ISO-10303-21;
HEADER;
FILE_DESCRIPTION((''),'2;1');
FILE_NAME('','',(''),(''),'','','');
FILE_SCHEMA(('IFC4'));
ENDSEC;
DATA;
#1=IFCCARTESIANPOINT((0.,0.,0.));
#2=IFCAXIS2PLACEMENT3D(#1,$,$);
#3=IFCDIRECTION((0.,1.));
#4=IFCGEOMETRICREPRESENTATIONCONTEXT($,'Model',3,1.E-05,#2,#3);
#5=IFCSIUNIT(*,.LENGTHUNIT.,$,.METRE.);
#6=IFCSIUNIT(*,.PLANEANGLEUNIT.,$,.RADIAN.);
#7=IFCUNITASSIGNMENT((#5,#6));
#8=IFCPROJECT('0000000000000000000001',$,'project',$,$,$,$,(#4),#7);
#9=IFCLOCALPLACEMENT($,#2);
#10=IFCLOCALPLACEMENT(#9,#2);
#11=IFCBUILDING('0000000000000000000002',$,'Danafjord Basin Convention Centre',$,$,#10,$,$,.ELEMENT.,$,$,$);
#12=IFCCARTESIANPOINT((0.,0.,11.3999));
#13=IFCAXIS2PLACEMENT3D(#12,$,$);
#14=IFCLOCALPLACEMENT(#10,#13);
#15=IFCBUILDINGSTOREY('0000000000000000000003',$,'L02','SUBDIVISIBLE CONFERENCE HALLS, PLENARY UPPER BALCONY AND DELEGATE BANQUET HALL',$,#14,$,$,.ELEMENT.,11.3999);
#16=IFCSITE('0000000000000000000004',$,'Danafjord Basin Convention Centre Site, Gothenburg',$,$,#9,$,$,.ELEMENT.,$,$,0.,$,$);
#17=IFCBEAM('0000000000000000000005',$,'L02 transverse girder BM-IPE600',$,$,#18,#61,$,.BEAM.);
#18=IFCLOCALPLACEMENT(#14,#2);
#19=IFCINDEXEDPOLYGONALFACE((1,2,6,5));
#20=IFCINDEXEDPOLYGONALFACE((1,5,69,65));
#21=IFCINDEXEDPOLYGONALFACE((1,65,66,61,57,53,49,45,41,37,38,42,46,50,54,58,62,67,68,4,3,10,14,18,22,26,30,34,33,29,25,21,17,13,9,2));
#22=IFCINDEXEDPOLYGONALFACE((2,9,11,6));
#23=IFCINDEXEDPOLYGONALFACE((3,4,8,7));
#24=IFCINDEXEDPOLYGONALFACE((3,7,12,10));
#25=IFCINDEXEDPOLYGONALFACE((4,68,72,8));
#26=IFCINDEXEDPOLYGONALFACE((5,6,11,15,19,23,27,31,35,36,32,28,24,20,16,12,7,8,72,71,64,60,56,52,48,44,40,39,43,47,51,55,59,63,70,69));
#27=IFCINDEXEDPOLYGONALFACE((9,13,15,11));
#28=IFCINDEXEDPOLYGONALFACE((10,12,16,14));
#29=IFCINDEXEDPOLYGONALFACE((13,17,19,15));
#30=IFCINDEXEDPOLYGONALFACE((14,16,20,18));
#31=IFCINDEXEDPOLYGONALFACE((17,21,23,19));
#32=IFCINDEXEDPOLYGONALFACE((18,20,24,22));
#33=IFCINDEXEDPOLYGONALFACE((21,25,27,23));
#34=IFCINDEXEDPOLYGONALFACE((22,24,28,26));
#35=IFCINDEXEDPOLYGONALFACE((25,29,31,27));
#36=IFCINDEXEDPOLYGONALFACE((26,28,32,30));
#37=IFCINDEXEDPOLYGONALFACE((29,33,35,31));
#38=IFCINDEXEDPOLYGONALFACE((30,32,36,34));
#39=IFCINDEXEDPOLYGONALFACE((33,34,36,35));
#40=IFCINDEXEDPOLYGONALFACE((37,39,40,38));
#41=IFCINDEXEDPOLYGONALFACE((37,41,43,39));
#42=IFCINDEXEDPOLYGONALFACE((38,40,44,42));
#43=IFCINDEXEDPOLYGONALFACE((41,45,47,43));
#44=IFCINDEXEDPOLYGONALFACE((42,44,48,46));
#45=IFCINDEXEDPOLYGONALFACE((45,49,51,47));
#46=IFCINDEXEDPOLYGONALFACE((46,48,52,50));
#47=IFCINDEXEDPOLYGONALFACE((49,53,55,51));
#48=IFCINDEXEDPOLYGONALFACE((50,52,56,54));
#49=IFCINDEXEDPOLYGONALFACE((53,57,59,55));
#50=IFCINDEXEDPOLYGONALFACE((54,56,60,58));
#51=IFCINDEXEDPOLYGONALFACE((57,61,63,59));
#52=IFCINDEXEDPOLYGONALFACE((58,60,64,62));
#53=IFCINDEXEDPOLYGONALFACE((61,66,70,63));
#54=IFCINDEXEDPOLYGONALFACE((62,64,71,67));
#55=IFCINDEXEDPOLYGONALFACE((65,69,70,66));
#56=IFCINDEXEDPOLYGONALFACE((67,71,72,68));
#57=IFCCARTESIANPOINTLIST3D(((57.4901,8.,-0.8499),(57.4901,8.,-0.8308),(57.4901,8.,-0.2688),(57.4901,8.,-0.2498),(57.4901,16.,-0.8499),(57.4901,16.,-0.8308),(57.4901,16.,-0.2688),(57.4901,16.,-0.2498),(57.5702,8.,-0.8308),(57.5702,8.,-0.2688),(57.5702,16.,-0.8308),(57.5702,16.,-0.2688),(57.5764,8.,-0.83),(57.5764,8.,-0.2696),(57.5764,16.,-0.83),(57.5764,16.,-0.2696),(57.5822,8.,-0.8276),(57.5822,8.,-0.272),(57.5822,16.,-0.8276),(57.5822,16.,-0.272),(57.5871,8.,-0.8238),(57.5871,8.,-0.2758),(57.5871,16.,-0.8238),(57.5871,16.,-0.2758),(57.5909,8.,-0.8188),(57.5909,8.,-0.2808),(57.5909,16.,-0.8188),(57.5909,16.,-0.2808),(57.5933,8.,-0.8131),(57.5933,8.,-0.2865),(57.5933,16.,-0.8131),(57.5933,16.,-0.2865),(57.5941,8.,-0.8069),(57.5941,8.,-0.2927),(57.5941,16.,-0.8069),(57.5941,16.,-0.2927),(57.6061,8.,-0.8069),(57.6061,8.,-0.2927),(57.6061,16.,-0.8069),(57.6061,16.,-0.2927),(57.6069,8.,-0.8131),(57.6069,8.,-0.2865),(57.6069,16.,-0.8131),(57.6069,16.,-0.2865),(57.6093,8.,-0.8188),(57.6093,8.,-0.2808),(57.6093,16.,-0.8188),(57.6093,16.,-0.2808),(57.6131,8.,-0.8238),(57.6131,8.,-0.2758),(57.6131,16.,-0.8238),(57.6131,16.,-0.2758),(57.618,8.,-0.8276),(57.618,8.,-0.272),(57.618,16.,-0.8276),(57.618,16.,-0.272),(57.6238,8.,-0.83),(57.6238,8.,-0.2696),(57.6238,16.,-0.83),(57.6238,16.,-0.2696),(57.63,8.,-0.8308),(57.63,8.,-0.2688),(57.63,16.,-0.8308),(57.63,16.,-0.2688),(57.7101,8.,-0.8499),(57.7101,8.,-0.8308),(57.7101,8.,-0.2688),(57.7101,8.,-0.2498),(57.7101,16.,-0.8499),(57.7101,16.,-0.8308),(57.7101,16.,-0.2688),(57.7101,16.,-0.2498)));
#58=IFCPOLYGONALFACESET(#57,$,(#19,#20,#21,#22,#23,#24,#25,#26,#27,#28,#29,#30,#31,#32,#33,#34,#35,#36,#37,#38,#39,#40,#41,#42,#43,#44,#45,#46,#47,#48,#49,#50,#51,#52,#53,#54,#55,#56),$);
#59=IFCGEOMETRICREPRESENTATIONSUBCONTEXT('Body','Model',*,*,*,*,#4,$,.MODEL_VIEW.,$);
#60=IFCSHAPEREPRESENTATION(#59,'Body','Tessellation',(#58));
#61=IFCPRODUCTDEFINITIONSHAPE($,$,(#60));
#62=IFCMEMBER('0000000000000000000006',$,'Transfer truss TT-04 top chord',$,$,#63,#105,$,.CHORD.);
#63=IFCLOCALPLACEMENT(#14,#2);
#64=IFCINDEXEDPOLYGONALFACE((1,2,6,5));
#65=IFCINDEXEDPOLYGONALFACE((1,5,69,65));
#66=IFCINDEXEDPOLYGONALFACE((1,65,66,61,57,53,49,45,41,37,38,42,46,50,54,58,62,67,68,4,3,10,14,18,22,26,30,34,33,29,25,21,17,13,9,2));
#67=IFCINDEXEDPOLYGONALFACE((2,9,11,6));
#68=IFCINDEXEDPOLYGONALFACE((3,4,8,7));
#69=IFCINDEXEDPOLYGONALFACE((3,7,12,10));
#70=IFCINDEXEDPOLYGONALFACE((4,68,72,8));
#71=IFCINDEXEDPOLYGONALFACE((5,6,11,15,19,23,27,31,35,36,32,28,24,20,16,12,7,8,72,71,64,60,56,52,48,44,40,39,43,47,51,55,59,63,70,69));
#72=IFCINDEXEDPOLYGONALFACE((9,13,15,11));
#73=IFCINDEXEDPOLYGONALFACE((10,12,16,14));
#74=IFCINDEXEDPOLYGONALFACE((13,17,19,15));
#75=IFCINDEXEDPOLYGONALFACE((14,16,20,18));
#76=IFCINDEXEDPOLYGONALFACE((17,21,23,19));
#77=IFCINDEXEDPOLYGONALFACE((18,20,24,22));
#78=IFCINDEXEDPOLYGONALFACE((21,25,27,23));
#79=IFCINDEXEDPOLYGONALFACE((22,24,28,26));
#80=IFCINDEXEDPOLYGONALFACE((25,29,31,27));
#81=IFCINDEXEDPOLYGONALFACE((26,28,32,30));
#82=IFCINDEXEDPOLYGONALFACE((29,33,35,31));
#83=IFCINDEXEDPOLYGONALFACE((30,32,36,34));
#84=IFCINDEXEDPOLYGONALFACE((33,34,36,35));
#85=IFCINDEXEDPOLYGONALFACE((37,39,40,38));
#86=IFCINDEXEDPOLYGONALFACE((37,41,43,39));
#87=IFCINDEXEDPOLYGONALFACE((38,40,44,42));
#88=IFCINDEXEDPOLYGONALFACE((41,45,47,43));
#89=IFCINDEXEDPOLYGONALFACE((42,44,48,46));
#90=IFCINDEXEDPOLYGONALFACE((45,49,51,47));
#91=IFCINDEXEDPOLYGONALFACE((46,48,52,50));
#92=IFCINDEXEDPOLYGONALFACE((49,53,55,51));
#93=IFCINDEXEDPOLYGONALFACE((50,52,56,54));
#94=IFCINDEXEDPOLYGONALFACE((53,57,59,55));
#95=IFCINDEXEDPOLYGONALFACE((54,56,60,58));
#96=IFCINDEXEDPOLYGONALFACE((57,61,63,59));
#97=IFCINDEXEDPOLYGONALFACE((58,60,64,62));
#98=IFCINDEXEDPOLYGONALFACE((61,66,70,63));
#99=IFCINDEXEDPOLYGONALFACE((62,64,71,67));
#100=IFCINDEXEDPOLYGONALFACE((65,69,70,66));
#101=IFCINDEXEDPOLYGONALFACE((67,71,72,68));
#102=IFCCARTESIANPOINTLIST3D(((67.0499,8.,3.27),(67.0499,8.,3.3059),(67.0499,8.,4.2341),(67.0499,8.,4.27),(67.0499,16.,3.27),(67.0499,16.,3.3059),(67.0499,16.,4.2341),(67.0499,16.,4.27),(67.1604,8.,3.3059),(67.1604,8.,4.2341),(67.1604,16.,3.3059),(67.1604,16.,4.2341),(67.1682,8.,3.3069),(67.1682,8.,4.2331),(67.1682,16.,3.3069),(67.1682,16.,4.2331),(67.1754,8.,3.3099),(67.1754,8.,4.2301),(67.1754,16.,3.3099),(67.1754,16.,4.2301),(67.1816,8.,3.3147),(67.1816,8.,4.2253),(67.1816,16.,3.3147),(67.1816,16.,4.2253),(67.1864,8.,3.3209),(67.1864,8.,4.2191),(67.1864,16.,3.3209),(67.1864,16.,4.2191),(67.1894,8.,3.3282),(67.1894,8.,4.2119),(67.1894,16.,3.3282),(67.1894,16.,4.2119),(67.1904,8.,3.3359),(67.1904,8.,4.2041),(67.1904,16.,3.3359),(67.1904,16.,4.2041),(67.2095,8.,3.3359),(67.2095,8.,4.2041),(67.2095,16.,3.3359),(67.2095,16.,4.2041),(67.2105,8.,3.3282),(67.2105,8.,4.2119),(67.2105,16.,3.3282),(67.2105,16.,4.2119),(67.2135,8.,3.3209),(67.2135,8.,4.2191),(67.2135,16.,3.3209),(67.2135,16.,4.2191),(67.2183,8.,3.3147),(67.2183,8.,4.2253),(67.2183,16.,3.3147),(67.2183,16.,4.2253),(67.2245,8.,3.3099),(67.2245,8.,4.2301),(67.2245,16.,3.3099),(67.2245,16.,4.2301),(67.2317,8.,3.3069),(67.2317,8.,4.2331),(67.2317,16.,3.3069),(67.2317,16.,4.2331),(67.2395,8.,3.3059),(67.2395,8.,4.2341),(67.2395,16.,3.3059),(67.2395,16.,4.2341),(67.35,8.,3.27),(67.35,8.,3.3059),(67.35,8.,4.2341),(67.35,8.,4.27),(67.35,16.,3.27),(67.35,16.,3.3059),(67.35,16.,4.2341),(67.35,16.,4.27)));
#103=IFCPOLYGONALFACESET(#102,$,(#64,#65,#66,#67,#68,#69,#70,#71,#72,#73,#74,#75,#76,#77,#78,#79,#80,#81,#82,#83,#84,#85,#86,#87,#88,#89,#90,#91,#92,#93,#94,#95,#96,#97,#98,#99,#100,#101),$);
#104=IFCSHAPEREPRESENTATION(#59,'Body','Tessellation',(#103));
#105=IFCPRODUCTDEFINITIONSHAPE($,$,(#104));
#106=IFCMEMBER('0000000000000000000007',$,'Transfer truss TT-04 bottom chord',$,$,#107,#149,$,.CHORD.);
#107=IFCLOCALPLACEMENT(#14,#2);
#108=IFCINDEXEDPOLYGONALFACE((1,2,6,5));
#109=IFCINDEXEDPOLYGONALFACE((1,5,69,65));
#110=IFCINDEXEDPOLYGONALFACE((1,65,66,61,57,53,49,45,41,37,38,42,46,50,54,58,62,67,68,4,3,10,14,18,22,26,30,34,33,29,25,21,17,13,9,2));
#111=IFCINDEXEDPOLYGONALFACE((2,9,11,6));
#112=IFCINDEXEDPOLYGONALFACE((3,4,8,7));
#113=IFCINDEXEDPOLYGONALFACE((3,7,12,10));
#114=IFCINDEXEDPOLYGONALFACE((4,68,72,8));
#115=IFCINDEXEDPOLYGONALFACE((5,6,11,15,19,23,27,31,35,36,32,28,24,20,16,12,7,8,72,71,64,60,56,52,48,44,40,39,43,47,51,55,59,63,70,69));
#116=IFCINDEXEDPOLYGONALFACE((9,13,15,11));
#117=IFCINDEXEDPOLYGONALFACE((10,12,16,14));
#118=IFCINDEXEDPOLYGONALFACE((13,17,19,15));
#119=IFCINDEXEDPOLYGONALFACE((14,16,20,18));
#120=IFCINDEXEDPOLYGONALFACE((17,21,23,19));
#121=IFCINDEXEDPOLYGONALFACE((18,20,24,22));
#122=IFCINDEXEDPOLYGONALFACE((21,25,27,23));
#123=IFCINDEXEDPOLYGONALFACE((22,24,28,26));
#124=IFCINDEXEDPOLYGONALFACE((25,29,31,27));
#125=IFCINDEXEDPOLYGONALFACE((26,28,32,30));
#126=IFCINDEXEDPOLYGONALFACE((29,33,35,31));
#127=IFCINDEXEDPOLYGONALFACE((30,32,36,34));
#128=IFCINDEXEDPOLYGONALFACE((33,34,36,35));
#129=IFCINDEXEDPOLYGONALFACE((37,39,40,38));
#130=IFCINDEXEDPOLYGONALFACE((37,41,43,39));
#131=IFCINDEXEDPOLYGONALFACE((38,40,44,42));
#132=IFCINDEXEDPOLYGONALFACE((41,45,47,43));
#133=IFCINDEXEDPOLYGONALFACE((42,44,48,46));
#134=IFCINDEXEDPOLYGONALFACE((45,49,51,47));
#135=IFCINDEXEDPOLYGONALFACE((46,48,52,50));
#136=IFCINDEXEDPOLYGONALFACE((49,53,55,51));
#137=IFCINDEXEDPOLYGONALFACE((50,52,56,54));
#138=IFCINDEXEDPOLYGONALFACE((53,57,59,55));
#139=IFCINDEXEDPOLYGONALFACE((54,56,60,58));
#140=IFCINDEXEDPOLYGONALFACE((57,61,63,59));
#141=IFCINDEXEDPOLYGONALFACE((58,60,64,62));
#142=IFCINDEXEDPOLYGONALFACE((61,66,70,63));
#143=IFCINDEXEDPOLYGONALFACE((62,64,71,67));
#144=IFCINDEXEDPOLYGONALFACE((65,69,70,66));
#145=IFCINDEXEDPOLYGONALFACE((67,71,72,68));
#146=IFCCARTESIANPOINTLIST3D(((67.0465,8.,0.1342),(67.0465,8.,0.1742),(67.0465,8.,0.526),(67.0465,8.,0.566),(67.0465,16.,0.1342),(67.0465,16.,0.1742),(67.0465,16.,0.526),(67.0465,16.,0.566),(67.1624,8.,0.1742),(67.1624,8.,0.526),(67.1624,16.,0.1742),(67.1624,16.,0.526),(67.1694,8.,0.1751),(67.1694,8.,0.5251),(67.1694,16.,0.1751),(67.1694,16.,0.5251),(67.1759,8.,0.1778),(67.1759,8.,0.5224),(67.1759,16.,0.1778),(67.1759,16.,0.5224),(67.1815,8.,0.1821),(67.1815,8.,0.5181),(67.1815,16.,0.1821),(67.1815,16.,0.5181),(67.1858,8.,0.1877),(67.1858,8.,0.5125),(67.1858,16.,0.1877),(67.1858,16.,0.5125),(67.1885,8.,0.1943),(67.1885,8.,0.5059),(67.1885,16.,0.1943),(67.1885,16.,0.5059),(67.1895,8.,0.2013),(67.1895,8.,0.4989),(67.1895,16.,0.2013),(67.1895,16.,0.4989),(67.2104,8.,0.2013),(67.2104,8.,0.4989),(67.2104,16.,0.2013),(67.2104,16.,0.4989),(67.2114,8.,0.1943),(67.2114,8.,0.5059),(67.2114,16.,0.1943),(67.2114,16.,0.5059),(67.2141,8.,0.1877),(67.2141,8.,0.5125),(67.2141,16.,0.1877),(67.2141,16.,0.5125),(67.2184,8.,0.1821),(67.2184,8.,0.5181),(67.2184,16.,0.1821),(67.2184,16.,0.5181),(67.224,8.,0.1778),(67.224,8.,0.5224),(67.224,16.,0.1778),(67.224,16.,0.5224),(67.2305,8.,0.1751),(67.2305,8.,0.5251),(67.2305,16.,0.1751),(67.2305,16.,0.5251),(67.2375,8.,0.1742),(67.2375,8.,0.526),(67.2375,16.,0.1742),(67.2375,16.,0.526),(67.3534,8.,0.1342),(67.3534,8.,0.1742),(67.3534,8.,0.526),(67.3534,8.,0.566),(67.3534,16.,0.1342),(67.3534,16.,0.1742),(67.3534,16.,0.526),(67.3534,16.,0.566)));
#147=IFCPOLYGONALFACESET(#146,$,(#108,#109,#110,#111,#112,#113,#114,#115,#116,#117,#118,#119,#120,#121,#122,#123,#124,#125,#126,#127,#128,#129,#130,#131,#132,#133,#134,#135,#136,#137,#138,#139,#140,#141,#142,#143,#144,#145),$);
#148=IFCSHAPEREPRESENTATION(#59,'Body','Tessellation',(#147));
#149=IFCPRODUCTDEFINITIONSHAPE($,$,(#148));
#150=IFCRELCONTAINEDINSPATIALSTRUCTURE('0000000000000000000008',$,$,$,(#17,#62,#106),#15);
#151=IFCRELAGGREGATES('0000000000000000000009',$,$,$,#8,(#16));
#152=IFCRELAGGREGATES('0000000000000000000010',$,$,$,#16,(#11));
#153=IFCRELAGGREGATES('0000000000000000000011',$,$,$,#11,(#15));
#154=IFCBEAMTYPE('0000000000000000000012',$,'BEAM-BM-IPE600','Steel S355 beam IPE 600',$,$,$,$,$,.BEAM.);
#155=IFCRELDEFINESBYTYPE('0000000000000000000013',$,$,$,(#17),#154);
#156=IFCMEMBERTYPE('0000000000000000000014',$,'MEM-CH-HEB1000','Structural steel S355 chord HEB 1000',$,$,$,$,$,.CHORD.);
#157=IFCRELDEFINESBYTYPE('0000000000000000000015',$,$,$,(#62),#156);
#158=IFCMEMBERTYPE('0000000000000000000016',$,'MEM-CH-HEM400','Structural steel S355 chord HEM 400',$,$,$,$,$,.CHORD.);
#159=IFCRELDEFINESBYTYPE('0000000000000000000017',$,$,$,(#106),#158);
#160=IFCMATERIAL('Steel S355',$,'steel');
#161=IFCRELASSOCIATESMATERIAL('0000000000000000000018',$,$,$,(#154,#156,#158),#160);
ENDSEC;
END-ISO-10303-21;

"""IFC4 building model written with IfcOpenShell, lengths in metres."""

from ifc_helpers import new_model, si_unit, direction, frame, origin, origin_2d, place, context, subcontext, project, spatial, i_section, extrude, material, material_profile, profile_set, type_object, element, save


model = new_model("IFC4")

# Units and contexts
model_context = context("Model", 3, precision=1e-05, world=origin(), true_north=direction((0.0, 1.0)))
body_context = subcontext(model_context, "Body", "Model", "MODEL_VIEW")
ifc_project = project(units=[si_unit("LENGTHUNIT", "METRE"), si_unit("PLANEANGLEUNIT", "RADIAN")], contexts=[model_context])

# Site, building, storey
site_placement = place(None, origin())
site = spatial("IfcSite", under=ifc_project, at=site_placement, Name="Danafjord Basin Convention Centre Site, Gothenburg", CompositionType="ELEMENT", RefElevation=0.0)
building_placement = place(site_placement, origin())
building = spatial("IfcBuilding", under=site, at=building_placement, Name="Danafjord Basin Convention Centre", CompositionType="ELEMENT")
storey_placement = place(building_placement, frame((0.0, 0.0, 11.3999)))
storey = spatial("IfcBuildingStorey", under=building, at=storey_placement, Name="L02", Description="SUBDIVISIBLE CONFERENCE HALLS, PLENARY UPPER BALCONY AND DELEGATE BANQUET HALL", CompositionType="ELEMENT", Elevation=11.3999)

# Shared definitions
ifc_material_1 = material(Name="Steel S355", Category="steel")

# Beam
ifc_material_profile_1 = material_profile(ifc_material_1, i_section(OverallWidth=0.22, OverallDepth=0.6001, WebThickness=0.012, FlangeThickness=0.019, FilletRadius=0.0239, at=origin_2d()), Name="IPE 600")
ifc_profile_set_1 = profile_set([ifc_material_profile_1], Name="Steel S355")
beam_type_1 = type_object("IfcBeamType", Name="BEAM-BM-IPE600", Description="Steel S355 beam IPE 600", PredefinedType="BEAM", material=ifc_profile_set_1)
beam_1_placement = place(storey_placement, frame((57.6001, 8.0, -0.5498), z_axis=(0.0, 1.0, 0.0), x_axis=(-1.0, 0.0, 0.0)))
element("IfcBeam", 1, at=beam_1_placement, inside=storey, type_object=beam_type_1, Name="L02 transverse girder BM-IPE600", PredefinedType="BEAM", context=body_context, shape_type="SweptSolid", body=[
    extrude(i_section(OverallWidth=0.22, OverallDepth=0.6001, WebThickness=0.012, FlangeThickness=0.019, FilletRadius=0.0239, at=origin_2d()), origin(), (0.0, 0.0, 1.0), 8.0),
])

# Members
ifc_material_profile_2 = material_profile(ifc_material_1, i_section(OverallWidth=0.3, OverallDepth=1.0, WebThickness=0.019, FlangeThickness=0.0359, FilletRadius=0.03, at=origin_2d()), Name="HEB 1000")
ifc_profile_set_2 = profile_set([ifc_material_profile_2], Name="Steel S355")
member_type_1 = type_object("IfcMemberType", Name="MEM-CH-HEB1000", Description="Structural steel S355 chord HEB 1000", PredefinedType="CHORD", material=ifc_profile_set_2)
member_1_placement = place(storey_placement, frame((67.2, 8.0, 3.77), z_axis=(0.0, 1.0, 0.0), x_axis=(-1.0, 0.0, 0.0)))
element("IfcMember", 2, at=member_1_placement, inside=storey, type_object=member_type_1, Name="Transfer truss TT-04 top chord", PredefinedType="CHORD", context=body_context, shape_type="SweptSolid", body=[
    extrude(i_section(OverallWidth=0.3, OverallDepth=1.0, WebThickness=0.019, FlangeThickness=0.0359, FilletRadius=0.03, at=origin_2d()), origin(), (0.0, 0.0, 1.0), 8.0),
])
ifc_material_profile_3 = material_profile(ifc_material_1, i_section(OverallWidth=0.3069, OverallDepth=0.4319, WebThickness=0.021, FlangeThickness=0.04, FilletRadius=0.0271, at=origin_2d()), Name="HEM 400")
ifc_profile_set_3 = profile_set([ifc_material_profile_3], Name="Steel S355")
member_type_2 = type_object("IfcMemberType", Name="MEM-CH-HEM400", Description="Structural steel S355 chord HEM 400", PredefinedType="CHORD", material=ifc_profile_set_3)
member_2_placement = place(storey_placement, frame((67.2, 8.0, 0.3501), z_axis=(0.0, 1.0, 0.0), x_axis=(-1.0, 0.0, 0.0)))
element("IfcMember", 3, at=member_2_placement, inside=storey, type_object=member_type_2, Name="Transfer truss TT-04 bottom chord", PredefinedType="CHORD", context=body_context, shape_type="SweptSolid", body=[
    extrude(i_section(OverallWidth=0.3069, OverallDepth=0.4319, WebThickness=0.021, FlangeThickness=0.04, FilletRadius=0.0271, at=origin_2d()), origin(), (0.0, 0.0, 1.0), 8.0),
])

save(model, "model.ifc")
